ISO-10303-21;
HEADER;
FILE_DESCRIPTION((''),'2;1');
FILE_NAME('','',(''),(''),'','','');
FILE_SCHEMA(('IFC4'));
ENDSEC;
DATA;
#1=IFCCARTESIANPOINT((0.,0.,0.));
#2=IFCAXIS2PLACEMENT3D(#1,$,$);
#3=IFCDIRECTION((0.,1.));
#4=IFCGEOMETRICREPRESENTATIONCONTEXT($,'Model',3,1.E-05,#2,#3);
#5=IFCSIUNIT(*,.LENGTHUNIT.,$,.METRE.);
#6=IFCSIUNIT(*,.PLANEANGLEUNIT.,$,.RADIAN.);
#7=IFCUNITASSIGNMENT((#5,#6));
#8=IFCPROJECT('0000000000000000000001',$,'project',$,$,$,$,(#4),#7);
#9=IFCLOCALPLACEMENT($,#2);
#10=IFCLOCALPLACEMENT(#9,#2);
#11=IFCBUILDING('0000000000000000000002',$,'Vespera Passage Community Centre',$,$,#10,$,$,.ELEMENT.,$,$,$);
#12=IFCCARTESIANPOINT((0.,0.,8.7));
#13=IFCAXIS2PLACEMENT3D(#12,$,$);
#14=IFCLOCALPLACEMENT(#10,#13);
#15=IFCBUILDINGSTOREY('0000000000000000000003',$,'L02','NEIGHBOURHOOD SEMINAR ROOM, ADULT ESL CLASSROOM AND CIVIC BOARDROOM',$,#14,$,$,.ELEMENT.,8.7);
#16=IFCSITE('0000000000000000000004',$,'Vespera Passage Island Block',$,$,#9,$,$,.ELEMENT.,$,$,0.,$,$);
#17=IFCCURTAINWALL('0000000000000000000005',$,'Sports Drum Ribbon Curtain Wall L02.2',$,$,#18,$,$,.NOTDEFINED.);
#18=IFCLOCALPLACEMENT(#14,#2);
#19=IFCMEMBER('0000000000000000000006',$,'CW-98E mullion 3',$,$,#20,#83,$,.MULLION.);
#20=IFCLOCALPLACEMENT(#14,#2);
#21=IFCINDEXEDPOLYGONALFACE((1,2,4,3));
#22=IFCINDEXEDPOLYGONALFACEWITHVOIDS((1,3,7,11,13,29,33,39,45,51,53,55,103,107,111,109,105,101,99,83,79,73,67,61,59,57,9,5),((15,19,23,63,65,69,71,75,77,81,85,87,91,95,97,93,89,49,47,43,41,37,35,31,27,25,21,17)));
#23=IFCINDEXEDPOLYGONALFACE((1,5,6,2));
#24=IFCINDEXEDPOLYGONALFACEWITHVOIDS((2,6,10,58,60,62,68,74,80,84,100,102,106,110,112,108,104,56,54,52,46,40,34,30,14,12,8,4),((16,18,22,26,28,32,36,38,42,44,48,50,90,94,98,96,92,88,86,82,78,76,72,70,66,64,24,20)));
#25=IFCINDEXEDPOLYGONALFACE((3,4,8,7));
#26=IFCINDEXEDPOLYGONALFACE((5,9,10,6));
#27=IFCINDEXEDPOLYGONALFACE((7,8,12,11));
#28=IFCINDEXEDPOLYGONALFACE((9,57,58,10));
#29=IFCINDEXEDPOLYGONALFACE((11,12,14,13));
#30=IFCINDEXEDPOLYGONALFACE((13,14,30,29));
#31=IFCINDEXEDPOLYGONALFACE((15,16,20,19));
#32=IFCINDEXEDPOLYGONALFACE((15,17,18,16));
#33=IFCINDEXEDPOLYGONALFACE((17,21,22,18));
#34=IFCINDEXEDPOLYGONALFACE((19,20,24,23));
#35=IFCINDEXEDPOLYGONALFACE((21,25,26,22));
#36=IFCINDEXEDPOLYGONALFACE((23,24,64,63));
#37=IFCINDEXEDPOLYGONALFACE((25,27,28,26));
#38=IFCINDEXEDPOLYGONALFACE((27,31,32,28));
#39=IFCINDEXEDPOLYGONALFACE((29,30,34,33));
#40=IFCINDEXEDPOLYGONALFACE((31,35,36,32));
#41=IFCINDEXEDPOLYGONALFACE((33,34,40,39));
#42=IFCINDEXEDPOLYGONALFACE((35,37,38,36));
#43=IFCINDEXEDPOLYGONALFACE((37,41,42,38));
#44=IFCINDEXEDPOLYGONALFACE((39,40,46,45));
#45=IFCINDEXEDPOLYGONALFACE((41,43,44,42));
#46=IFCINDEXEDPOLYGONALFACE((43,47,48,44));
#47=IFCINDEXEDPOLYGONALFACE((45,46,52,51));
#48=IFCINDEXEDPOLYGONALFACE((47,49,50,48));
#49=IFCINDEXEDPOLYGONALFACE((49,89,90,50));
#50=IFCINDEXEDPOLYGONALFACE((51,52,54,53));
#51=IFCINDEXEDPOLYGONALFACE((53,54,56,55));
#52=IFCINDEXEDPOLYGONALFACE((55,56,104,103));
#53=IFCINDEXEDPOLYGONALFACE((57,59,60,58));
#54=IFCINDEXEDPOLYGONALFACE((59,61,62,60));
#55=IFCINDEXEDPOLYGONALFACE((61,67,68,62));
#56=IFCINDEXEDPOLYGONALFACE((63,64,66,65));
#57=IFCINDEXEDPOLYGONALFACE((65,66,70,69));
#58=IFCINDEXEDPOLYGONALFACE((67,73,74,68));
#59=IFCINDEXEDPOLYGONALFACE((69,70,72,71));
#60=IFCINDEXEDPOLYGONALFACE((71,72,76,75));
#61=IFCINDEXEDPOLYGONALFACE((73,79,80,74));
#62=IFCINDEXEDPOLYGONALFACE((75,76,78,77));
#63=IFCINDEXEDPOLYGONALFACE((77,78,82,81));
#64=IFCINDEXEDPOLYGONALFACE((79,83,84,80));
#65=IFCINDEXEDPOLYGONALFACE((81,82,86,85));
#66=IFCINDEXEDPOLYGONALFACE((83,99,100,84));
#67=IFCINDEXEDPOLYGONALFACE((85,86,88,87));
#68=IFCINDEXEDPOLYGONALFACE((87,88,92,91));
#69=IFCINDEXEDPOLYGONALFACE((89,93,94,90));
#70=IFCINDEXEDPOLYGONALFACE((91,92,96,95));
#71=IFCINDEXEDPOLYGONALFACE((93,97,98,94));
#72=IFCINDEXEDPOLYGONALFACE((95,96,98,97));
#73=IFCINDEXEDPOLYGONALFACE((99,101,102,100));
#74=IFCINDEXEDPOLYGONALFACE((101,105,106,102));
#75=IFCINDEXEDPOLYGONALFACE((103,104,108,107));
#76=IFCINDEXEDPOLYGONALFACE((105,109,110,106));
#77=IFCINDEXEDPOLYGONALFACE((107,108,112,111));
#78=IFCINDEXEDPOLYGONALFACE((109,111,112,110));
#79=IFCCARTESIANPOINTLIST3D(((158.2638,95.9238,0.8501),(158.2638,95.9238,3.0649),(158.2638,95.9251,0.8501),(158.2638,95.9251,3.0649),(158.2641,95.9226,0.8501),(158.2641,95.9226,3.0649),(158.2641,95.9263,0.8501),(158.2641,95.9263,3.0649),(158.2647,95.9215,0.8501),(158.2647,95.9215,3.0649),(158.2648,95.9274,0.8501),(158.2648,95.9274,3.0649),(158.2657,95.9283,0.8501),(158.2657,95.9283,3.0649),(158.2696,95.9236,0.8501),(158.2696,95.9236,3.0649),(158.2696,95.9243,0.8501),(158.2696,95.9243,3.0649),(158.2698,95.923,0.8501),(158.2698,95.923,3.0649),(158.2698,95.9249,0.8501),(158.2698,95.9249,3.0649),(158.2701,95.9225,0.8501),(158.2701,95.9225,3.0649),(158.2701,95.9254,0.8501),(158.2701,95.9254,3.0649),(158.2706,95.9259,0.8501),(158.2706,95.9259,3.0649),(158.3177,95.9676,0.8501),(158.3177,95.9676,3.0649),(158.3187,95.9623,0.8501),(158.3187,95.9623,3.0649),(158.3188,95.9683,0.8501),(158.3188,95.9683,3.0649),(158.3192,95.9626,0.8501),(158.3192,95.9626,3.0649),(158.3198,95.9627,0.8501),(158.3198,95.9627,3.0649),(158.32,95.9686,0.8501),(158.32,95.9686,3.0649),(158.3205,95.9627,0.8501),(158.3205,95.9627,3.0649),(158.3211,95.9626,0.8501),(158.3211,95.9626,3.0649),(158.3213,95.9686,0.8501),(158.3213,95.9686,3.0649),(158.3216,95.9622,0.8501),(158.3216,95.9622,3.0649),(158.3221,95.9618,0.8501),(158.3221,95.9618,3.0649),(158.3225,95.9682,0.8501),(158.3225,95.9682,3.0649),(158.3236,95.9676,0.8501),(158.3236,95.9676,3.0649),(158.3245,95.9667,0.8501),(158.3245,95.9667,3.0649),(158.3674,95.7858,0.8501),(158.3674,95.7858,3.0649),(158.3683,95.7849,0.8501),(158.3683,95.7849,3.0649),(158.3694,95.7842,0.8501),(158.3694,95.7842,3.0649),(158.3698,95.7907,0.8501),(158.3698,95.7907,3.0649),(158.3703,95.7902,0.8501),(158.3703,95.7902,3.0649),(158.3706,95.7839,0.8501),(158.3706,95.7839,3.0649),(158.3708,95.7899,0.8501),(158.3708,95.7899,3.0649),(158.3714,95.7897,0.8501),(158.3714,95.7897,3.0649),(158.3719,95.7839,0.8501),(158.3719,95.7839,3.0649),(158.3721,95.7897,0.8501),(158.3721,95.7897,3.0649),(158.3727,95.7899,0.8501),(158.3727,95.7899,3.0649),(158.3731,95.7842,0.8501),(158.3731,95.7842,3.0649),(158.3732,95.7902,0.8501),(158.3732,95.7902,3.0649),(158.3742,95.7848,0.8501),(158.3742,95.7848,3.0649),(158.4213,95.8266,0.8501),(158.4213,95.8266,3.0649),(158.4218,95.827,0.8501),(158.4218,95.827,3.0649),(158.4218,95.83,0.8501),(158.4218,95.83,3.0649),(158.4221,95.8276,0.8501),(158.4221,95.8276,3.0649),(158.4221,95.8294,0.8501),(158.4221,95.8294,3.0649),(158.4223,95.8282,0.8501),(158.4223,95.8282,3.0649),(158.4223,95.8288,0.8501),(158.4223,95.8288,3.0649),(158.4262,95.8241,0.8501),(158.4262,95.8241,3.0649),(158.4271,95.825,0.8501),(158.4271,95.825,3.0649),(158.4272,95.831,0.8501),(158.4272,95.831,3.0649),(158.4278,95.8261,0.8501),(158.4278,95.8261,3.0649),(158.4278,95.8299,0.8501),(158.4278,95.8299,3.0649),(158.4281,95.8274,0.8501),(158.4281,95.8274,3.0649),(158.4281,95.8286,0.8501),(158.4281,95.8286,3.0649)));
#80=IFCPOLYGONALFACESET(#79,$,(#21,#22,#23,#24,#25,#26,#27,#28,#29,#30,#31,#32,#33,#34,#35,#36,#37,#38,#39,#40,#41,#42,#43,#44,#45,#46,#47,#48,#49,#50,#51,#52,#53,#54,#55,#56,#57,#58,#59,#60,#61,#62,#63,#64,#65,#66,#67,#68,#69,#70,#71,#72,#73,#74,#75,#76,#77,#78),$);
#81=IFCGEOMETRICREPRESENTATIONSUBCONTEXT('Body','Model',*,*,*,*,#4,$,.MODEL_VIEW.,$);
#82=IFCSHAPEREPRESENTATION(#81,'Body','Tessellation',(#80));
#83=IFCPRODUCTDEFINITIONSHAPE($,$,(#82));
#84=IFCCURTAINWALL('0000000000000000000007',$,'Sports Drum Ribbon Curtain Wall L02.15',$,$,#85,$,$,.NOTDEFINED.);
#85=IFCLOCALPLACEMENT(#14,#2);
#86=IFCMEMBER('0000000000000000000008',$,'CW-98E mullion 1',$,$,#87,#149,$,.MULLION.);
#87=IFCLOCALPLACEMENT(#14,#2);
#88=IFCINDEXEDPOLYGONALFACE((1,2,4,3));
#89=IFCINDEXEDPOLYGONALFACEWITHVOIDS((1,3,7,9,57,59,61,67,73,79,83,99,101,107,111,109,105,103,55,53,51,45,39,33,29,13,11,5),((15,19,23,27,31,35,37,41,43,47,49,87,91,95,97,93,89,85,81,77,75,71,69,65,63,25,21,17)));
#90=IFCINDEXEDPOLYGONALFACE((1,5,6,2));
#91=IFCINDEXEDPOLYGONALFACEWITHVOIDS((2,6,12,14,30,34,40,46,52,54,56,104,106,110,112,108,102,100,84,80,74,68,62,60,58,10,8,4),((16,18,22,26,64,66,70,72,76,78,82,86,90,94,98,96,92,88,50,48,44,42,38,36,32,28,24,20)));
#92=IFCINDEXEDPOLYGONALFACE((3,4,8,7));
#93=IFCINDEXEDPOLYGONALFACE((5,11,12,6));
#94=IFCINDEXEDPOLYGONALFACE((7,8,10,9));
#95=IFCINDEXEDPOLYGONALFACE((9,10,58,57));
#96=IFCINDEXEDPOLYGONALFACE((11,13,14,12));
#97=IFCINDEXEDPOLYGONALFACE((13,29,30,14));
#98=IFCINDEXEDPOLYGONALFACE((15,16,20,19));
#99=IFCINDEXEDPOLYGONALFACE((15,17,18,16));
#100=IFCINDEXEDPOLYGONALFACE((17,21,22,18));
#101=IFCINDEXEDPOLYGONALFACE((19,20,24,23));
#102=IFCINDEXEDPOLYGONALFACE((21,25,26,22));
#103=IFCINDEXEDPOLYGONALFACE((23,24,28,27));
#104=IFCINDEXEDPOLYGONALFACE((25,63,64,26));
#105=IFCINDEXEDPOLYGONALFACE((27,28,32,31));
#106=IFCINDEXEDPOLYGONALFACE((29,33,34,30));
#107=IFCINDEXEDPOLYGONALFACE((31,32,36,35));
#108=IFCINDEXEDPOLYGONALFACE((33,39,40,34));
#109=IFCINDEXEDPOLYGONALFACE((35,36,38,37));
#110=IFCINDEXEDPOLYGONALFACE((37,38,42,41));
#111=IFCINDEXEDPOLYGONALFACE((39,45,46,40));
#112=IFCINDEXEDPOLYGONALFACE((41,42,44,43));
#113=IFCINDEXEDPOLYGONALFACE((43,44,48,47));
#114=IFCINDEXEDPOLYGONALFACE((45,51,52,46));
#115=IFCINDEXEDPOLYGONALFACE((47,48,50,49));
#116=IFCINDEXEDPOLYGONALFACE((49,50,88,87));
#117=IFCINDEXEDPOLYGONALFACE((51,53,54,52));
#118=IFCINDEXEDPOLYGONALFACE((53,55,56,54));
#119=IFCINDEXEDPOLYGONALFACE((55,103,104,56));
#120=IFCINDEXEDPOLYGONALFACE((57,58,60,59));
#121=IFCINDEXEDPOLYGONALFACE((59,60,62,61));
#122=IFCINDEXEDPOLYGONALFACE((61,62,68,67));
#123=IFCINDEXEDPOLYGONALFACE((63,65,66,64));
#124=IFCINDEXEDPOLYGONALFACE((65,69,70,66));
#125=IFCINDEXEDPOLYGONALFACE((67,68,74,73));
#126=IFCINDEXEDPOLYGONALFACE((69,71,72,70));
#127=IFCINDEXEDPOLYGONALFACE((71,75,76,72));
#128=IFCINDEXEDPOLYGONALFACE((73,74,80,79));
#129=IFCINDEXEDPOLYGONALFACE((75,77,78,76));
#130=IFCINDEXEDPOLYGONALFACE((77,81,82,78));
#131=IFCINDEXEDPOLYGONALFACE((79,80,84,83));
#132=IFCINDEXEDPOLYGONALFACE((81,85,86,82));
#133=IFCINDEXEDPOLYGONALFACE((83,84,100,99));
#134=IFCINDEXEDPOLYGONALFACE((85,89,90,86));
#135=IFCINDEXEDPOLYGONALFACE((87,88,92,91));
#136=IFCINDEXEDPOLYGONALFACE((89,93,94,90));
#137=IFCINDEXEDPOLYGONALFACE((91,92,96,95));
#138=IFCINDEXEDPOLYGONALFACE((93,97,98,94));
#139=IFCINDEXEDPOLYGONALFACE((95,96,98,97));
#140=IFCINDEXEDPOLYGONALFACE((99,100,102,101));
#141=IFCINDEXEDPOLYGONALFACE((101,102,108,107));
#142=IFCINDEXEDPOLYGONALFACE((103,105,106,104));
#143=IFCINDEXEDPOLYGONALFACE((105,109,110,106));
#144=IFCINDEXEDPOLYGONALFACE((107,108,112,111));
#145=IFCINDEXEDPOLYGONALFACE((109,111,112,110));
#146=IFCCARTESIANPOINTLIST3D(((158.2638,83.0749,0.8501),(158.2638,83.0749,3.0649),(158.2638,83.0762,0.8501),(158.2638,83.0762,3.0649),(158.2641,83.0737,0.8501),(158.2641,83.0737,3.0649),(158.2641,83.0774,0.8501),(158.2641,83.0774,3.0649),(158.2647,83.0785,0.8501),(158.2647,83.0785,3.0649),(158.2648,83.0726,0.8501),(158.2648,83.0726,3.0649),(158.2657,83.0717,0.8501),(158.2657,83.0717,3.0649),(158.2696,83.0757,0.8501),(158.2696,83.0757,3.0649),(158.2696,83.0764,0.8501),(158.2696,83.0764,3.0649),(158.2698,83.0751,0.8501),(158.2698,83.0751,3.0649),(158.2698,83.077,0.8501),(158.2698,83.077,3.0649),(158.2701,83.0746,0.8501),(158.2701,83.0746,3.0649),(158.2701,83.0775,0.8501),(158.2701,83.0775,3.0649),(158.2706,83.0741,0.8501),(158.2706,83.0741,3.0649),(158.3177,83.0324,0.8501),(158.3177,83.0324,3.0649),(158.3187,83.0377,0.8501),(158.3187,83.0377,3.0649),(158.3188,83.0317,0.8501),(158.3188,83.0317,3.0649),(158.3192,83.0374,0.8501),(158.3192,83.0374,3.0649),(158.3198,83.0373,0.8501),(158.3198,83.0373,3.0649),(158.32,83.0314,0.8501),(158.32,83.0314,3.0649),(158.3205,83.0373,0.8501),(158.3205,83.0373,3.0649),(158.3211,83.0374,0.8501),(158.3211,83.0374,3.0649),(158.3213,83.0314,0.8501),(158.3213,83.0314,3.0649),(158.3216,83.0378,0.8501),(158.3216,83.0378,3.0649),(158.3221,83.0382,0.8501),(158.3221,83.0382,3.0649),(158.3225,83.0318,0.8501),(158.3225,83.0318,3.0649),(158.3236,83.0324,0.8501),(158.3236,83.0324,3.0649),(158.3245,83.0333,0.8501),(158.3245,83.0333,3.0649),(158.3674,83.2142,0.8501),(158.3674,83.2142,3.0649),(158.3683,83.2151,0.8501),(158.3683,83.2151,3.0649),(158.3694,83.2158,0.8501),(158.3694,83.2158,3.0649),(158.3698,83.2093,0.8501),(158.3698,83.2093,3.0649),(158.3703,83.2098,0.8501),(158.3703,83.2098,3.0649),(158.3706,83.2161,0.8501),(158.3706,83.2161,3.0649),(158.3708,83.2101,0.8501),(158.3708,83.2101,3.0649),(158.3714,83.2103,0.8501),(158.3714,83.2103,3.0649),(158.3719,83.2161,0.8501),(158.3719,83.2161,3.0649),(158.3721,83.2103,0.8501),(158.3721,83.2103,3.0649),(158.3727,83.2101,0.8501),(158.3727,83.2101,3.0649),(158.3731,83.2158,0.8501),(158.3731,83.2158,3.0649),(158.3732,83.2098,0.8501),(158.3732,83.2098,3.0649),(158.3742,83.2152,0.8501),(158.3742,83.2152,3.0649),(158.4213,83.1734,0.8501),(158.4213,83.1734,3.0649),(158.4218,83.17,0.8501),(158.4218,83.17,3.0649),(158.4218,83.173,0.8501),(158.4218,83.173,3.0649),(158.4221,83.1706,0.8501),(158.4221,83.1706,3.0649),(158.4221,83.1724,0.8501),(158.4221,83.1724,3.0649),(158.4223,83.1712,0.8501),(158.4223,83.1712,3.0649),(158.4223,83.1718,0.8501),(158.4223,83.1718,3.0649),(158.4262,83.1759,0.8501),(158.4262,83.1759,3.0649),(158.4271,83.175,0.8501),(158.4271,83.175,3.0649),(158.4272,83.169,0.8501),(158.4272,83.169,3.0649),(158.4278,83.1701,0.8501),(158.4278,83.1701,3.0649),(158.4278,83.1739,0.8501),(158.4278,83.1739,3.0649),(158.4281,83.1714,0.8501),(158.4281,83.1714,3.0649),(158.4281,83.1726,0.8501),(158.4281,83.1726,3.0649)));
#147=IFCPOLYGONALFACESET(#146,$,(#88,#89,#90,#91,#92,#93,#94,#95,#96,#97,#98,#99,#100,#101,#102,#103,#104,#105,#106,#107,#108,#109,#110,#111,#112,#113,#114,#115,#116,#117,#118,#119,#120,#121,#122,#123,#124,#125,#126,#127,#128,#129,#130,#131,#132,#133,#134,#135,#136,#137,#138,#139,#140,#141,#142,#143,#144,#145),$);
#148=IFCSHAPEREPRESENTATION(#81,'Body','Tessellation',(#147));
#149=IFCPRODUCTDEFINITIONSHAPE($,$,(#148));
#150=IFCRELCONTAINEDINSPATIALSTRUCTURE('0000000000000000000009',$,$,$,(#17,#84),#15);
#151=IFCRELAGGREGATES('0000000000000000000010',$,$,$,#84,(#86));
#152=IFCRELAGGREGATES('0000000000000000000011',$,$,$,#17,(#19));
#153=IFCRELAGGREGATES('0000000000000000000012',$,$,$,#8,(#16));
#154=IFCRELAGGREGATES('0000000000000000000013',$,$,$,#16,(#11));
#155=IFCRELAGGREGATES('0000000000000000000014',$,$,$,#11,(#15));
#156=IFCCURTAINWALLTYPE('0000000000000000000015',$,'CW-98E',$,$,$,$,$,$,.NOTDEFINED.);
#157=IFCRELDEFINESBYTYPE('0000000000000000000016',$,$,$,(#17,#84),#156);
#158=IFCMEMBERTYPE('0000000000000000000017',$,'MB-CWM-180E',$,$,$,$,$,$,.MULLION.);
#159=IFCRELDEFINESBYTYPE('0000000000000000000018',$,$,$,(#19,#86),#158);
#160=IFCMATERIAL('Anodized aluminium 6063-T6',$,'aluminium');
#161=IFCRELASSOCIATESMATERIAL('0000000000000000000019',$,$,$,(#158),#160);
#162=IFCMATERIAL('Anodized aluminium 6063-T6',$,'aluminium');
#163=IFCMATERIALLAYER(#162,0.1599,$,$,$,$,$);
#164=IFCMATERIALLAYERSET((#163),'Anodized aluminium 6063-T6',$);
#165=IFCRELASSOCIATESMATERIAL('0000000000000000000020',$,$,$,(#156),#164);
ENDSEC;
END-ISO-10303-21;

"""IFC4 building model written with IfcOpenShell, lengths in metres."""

from ifc_helpers import new_model, si_unit, direction, frame, origin, origin_2d, place, context, subcontext, project, spatial, hollow_rectangle, extrude, material, layer, layer_set, material_profile, profile_set, type_object, element, aggregate, save


model = new_model("IFC4")

# Units and contexts
model_context = context("Model", 3, precision=1e-05, world=origin(), true_north=direction((0.0, 1.0)))
body_context = subcontext(model_context, "Body", "Model", "MODEL_VIEW")
ifc_project = project(units=[si_unit("LENGTHUNIT", "METRE"), si_unit("PLANEANGLEUNIT", "RADIAN")], contexts=[model_context])

# Site, building, storey
site_placement = place(None, origin())
site = spatial("IfcSite", under=ifc_project, at=site_placement, Name="Vespera Passage Island Block", CompositionType="ELEMENT", RefElevation=0.0)
building_placement = place(site_placement, origin())
building = spatial("IfcBuilding", under=site, at=building_placement, Name="Vespera Passage Community Centre", CompositionType="ELEMENT")
storey_placement = place(building_placement, frame((0.0, 0.0, 8.7)))
storey = spatial("IfcBuildingStorey", under=building, at=storey_placement, Name="L02", Description="NEIGHBOURHOOD SEMINAR ROOM, ADULT ESL CLASSROOM AND CIVIC BOARDROOM", CompositionType="ELEMENT", Elevation=8.7)

# Shared definitions
ifc_material_1 = material(Name="Anodized aluminium 6063-T6", Category="aluminium")
ifc_material_profile_1 = material_profile(ifc_material_1, hollow_rectangle(XDim=0.075, YDim=0.1799, WallThickness=0.0049, InnerFilletRadius=0.0024, OuterFilletRadius=0.0049, at=origin_2d()), Name="ALU180X75X5")
ifc_profile_set_1 = profile_set([ifc_material_profile_1], Name="Anodized aluminium 6063-T6")
member_type_1 = type_object("IfcMemberType", Name="MB-CWM-180E", PredefinedType="MULLION", material=ifc_profile_set_1)

# Curtain walls, members
ifc_material_2 = material(Name="Anodized aluminium 6063-T6", Category="aluminium")
ifc_layer_1 = layer(ifc_material_2, 0.1599)
ifc_layer_set_1 = layer_set([ifc_layer_1], Name="Anodized aluminium 6063-T6")
curtain_wall_type_1 = type_object("IfcCurtainWallType", Name="CW-98E", PredefinedType="NOTDEFINED", material=ifc_layer_set_1)
curtain_wall_1_placement = place(storey_placement, origin())
curtain_wall_1 = element("IfcCurtainWall", 1, at=curtain_wall_1_placement, inside=storey, type_object=curtain_wall_type_1, Name="Sports Drum Ribbon Curtain Wall L02.2", PredefinedType="NOTDEFINED")
member_1_placement = place(storey_placement, frame((158.3459, 95.8762, 0.8501), z_axis=(0.0, 0.0, 1.0), x_axis=(0.797434, 0.603406, 0.0)))
member_1 = element("IfcMember", 2, at=member_1_placement, type_object=member_type_1, Name="CW-98E mullion 3", PredefinedType="MULLION", context=body_context, shape_type="SweptSolid", body=[
    extrude(hollow_rectangle(XDim=0.075, YDim=0.1799, WallThickness=0.0049, InnerFilletRadius=0.0024, OuterFilletRadius=0.0049, at=origin_2d()), origin(), (0.0, 0.0, 1.0), 2.2148),
])
curtain_wall_2_placement = place(storey_placement, origin())
curtain_wall_2 = element("IfcCurtainWall", 3, at=curtain_wall_2_placement, inside=storey, type_object=curtain_wall_type_1, Name="Sports Drum Ribbon Curtain Wall L02.15", PredefinedType="NOTDEFINED")
member_2_placement = place(storey_placement, frame((158.3459, 83.1238, 0.8501), z_axis=(0.0, 0.0, 1.0), x_axis=(0.797434, -0.603406, 0.0)))
member_2 = element("IfcMember", 4, at=member_2_placement, type_object=member_type_1, Name="CW-98E mullion 1", PredefinedType="MULLION", context=body_context, shape_type="SweptSolid", body=[
    extrude(hollow_rectangle(XDim=0.075, YDim=0.1799, WallThickness=0.0049, InnerFilletRadius=0.0024, OuterFilletRadius=0.0049, at=origin_2d()), origin(), (0.0, 0.0, 1.0), 2.2148),
])
aggregate(curtain_wall_2, [member_2])

aggregate(curtain_wall_1, [member_1])

save(model, "model.ifc")
